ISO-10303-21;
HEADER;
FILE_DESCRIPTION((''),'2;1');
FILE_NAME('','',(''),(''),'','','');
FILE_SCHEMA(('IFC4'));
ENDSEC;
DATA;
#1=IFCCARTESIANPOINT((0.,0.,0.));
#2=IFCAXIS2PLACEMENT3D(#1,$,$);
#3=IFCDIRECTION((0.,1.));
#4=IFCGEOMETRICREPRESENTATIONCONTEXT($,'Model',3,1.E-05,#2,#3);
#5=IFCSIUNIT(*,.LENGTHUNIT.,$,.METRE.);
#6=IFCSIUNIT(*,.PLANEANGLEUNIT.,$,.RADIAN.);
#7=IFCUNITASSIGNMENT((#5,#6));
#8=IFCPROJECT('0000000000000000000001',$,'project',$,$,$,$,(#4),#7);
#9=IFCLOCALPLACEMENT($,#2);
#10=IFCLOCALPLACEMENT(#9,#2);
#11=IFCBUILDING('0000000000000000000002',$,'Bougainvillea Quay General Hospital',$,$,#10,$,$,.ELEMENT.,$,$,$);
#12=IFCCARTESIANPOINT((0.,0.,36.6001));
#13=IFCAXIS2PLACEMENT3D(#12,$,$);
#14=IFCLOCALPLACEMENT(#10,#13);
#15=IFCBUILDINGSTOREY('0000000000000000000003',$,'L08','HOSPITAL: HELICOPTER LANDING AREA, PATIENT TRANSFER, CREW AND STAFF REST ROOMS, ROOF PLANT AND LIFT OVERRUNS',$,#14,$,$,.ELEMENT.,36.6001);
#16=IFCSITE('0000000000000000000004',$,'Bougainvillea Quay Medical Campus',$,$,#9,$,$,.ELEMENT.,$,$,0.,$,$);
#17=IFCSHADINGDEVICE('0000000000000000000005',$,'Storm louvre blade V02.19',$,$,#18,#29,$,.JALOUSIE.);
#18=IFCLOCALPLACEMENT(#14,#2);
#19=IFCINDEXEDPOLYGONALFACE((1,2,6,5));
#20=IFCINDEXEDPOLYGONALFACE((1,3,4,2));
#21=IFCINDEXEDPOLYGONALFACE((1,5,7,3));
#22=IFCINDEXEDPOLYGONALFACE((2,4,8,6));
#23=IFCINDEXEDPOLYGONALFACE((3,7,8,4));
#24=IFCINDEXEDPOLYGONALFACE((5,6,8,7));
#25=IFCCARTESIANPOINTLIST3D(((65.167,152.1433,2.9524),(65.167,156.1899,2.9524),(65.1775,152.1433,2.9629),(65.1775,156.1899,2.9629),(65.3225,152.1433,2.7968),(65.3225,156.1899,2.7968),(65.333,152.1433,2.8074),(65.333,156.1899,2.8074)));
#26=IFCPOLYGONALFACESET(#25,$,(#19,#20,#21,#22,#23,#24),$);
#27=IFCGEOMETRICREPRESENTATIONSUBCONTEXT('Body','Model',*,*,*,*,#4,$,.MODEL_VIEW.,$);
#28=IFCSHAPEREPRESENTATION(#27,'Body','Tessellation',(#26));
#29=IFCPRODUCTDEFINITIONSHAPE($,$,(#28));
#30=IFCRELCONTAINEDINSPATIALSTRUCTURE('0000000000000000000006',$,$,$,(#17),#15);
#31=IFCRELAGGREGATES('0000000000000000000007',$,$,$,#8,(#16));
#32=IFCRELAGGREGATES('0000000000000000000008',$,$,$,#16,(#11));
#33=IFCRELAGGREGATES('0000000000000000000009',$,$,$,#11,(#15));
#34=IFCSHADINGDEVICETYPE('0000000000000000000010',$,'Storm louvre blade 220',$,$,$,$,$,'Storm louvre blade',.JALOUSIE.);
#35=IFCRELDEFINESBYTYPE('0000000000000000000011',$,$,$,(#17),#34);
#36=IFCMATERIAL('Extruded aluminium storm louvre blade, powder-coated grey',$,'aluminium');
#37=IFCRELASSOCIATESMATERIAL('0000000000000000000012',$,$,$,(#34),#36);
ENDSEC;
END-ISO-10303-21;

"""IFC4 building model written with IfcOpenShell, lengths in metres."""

from ifc_helpers import new_model, si_unit, direction, frame, origin, origin_2d, place, context, subcontext, project, spatial, rectangle, extrude, material, material_profile, profile_set, type_object, element, save


model = new_model("IFC4")

# Units and contexts
model_context = context("Model", 3, precision=1e-05, world=origin(), true_north=direction((0.0, 1.0)))
body_context = subcontext(model_context, "Body", "Model", "MODEL_VIEW")
ifc_project = project(units=[si_unit("LENGTHUNIT", "METRE"), si_unit("PLANEANGLEUNIT", "RADIAN")], contexts=[model_context])

# Site, building, storey
site_placement = place(None, origin())
site = spatial("IfcSite", under=ifc_project, at=site_placement, Name="Bougainvillea Quay Medical Campus", CompositionType="ELEMENT", RefElevation=0.0)
building_placement = place(site_placement, origin())
building = spatial("IfcBuilding", under=site, at=building_placement, Name="Bougainvillea Quay General Hospital", CompositionType="ELEMENT")
storey_placement = place(building_placement, frame((0.0, 0.0, 36.6001)))
storey = spatial("IfcBuildingStorey", under=building, at=storey_placement, Name="L08", Description="HOSPITAL: HELICOPTER LANDING AREA, PATIENT TRANSFER, CREW AND STAFF REST ROOMS, ROOF PLANT AND LIFT OVERRUNS", CompositionType="ELEMENT", Elevation=36.6001)

# Shading device
ifc_material_1 = material(Name="Extruded aluminium storm louvre blade, powder-coated grey", Category="aluminium")
ifc_material_profile_1 = material_profile(ifc_material_1, rectangle(XDim=0.22, YDim=0.0149, at=origin_2d()))
ifc_profile_set_1 = profile_set([ifc_material_profile_1], Name="Extruded aluminium storm louvre blade, powder-coated grey")
shading_device_type = type_object("IfcShadingDeviceType", Name="Storm louvre blade 220", ElementType="Storm louvre blade", PredefinedType="JALOUSIE", material=ifc_profile_set_1)
for number, where, z_axis, x_axis, name in (
    (1, (65.25, 152.1433, 2.8799), (0.0, 1.0, 0.0), (-0.707107, 0.0, 0.707107), "Storm louvre blade V02.19"),
):
    element("IfcShadingDevice", number, at=place(storey_placement, frame(where, z_axis=z_axis, x_axis=x_axis)), inside=storey, type_object=shading_device_type, Name=name, PredefinedType="JALOUSIE", context=body_context, shape_type="SweptSolid", body=[
        extrude(rectangle(XDim=0.22, YDim=0.0149, at=origin_2d()), origin(), (0.0, 0.0, 1.0), 4.0466),
    ])

save(model, "model.ifc")
